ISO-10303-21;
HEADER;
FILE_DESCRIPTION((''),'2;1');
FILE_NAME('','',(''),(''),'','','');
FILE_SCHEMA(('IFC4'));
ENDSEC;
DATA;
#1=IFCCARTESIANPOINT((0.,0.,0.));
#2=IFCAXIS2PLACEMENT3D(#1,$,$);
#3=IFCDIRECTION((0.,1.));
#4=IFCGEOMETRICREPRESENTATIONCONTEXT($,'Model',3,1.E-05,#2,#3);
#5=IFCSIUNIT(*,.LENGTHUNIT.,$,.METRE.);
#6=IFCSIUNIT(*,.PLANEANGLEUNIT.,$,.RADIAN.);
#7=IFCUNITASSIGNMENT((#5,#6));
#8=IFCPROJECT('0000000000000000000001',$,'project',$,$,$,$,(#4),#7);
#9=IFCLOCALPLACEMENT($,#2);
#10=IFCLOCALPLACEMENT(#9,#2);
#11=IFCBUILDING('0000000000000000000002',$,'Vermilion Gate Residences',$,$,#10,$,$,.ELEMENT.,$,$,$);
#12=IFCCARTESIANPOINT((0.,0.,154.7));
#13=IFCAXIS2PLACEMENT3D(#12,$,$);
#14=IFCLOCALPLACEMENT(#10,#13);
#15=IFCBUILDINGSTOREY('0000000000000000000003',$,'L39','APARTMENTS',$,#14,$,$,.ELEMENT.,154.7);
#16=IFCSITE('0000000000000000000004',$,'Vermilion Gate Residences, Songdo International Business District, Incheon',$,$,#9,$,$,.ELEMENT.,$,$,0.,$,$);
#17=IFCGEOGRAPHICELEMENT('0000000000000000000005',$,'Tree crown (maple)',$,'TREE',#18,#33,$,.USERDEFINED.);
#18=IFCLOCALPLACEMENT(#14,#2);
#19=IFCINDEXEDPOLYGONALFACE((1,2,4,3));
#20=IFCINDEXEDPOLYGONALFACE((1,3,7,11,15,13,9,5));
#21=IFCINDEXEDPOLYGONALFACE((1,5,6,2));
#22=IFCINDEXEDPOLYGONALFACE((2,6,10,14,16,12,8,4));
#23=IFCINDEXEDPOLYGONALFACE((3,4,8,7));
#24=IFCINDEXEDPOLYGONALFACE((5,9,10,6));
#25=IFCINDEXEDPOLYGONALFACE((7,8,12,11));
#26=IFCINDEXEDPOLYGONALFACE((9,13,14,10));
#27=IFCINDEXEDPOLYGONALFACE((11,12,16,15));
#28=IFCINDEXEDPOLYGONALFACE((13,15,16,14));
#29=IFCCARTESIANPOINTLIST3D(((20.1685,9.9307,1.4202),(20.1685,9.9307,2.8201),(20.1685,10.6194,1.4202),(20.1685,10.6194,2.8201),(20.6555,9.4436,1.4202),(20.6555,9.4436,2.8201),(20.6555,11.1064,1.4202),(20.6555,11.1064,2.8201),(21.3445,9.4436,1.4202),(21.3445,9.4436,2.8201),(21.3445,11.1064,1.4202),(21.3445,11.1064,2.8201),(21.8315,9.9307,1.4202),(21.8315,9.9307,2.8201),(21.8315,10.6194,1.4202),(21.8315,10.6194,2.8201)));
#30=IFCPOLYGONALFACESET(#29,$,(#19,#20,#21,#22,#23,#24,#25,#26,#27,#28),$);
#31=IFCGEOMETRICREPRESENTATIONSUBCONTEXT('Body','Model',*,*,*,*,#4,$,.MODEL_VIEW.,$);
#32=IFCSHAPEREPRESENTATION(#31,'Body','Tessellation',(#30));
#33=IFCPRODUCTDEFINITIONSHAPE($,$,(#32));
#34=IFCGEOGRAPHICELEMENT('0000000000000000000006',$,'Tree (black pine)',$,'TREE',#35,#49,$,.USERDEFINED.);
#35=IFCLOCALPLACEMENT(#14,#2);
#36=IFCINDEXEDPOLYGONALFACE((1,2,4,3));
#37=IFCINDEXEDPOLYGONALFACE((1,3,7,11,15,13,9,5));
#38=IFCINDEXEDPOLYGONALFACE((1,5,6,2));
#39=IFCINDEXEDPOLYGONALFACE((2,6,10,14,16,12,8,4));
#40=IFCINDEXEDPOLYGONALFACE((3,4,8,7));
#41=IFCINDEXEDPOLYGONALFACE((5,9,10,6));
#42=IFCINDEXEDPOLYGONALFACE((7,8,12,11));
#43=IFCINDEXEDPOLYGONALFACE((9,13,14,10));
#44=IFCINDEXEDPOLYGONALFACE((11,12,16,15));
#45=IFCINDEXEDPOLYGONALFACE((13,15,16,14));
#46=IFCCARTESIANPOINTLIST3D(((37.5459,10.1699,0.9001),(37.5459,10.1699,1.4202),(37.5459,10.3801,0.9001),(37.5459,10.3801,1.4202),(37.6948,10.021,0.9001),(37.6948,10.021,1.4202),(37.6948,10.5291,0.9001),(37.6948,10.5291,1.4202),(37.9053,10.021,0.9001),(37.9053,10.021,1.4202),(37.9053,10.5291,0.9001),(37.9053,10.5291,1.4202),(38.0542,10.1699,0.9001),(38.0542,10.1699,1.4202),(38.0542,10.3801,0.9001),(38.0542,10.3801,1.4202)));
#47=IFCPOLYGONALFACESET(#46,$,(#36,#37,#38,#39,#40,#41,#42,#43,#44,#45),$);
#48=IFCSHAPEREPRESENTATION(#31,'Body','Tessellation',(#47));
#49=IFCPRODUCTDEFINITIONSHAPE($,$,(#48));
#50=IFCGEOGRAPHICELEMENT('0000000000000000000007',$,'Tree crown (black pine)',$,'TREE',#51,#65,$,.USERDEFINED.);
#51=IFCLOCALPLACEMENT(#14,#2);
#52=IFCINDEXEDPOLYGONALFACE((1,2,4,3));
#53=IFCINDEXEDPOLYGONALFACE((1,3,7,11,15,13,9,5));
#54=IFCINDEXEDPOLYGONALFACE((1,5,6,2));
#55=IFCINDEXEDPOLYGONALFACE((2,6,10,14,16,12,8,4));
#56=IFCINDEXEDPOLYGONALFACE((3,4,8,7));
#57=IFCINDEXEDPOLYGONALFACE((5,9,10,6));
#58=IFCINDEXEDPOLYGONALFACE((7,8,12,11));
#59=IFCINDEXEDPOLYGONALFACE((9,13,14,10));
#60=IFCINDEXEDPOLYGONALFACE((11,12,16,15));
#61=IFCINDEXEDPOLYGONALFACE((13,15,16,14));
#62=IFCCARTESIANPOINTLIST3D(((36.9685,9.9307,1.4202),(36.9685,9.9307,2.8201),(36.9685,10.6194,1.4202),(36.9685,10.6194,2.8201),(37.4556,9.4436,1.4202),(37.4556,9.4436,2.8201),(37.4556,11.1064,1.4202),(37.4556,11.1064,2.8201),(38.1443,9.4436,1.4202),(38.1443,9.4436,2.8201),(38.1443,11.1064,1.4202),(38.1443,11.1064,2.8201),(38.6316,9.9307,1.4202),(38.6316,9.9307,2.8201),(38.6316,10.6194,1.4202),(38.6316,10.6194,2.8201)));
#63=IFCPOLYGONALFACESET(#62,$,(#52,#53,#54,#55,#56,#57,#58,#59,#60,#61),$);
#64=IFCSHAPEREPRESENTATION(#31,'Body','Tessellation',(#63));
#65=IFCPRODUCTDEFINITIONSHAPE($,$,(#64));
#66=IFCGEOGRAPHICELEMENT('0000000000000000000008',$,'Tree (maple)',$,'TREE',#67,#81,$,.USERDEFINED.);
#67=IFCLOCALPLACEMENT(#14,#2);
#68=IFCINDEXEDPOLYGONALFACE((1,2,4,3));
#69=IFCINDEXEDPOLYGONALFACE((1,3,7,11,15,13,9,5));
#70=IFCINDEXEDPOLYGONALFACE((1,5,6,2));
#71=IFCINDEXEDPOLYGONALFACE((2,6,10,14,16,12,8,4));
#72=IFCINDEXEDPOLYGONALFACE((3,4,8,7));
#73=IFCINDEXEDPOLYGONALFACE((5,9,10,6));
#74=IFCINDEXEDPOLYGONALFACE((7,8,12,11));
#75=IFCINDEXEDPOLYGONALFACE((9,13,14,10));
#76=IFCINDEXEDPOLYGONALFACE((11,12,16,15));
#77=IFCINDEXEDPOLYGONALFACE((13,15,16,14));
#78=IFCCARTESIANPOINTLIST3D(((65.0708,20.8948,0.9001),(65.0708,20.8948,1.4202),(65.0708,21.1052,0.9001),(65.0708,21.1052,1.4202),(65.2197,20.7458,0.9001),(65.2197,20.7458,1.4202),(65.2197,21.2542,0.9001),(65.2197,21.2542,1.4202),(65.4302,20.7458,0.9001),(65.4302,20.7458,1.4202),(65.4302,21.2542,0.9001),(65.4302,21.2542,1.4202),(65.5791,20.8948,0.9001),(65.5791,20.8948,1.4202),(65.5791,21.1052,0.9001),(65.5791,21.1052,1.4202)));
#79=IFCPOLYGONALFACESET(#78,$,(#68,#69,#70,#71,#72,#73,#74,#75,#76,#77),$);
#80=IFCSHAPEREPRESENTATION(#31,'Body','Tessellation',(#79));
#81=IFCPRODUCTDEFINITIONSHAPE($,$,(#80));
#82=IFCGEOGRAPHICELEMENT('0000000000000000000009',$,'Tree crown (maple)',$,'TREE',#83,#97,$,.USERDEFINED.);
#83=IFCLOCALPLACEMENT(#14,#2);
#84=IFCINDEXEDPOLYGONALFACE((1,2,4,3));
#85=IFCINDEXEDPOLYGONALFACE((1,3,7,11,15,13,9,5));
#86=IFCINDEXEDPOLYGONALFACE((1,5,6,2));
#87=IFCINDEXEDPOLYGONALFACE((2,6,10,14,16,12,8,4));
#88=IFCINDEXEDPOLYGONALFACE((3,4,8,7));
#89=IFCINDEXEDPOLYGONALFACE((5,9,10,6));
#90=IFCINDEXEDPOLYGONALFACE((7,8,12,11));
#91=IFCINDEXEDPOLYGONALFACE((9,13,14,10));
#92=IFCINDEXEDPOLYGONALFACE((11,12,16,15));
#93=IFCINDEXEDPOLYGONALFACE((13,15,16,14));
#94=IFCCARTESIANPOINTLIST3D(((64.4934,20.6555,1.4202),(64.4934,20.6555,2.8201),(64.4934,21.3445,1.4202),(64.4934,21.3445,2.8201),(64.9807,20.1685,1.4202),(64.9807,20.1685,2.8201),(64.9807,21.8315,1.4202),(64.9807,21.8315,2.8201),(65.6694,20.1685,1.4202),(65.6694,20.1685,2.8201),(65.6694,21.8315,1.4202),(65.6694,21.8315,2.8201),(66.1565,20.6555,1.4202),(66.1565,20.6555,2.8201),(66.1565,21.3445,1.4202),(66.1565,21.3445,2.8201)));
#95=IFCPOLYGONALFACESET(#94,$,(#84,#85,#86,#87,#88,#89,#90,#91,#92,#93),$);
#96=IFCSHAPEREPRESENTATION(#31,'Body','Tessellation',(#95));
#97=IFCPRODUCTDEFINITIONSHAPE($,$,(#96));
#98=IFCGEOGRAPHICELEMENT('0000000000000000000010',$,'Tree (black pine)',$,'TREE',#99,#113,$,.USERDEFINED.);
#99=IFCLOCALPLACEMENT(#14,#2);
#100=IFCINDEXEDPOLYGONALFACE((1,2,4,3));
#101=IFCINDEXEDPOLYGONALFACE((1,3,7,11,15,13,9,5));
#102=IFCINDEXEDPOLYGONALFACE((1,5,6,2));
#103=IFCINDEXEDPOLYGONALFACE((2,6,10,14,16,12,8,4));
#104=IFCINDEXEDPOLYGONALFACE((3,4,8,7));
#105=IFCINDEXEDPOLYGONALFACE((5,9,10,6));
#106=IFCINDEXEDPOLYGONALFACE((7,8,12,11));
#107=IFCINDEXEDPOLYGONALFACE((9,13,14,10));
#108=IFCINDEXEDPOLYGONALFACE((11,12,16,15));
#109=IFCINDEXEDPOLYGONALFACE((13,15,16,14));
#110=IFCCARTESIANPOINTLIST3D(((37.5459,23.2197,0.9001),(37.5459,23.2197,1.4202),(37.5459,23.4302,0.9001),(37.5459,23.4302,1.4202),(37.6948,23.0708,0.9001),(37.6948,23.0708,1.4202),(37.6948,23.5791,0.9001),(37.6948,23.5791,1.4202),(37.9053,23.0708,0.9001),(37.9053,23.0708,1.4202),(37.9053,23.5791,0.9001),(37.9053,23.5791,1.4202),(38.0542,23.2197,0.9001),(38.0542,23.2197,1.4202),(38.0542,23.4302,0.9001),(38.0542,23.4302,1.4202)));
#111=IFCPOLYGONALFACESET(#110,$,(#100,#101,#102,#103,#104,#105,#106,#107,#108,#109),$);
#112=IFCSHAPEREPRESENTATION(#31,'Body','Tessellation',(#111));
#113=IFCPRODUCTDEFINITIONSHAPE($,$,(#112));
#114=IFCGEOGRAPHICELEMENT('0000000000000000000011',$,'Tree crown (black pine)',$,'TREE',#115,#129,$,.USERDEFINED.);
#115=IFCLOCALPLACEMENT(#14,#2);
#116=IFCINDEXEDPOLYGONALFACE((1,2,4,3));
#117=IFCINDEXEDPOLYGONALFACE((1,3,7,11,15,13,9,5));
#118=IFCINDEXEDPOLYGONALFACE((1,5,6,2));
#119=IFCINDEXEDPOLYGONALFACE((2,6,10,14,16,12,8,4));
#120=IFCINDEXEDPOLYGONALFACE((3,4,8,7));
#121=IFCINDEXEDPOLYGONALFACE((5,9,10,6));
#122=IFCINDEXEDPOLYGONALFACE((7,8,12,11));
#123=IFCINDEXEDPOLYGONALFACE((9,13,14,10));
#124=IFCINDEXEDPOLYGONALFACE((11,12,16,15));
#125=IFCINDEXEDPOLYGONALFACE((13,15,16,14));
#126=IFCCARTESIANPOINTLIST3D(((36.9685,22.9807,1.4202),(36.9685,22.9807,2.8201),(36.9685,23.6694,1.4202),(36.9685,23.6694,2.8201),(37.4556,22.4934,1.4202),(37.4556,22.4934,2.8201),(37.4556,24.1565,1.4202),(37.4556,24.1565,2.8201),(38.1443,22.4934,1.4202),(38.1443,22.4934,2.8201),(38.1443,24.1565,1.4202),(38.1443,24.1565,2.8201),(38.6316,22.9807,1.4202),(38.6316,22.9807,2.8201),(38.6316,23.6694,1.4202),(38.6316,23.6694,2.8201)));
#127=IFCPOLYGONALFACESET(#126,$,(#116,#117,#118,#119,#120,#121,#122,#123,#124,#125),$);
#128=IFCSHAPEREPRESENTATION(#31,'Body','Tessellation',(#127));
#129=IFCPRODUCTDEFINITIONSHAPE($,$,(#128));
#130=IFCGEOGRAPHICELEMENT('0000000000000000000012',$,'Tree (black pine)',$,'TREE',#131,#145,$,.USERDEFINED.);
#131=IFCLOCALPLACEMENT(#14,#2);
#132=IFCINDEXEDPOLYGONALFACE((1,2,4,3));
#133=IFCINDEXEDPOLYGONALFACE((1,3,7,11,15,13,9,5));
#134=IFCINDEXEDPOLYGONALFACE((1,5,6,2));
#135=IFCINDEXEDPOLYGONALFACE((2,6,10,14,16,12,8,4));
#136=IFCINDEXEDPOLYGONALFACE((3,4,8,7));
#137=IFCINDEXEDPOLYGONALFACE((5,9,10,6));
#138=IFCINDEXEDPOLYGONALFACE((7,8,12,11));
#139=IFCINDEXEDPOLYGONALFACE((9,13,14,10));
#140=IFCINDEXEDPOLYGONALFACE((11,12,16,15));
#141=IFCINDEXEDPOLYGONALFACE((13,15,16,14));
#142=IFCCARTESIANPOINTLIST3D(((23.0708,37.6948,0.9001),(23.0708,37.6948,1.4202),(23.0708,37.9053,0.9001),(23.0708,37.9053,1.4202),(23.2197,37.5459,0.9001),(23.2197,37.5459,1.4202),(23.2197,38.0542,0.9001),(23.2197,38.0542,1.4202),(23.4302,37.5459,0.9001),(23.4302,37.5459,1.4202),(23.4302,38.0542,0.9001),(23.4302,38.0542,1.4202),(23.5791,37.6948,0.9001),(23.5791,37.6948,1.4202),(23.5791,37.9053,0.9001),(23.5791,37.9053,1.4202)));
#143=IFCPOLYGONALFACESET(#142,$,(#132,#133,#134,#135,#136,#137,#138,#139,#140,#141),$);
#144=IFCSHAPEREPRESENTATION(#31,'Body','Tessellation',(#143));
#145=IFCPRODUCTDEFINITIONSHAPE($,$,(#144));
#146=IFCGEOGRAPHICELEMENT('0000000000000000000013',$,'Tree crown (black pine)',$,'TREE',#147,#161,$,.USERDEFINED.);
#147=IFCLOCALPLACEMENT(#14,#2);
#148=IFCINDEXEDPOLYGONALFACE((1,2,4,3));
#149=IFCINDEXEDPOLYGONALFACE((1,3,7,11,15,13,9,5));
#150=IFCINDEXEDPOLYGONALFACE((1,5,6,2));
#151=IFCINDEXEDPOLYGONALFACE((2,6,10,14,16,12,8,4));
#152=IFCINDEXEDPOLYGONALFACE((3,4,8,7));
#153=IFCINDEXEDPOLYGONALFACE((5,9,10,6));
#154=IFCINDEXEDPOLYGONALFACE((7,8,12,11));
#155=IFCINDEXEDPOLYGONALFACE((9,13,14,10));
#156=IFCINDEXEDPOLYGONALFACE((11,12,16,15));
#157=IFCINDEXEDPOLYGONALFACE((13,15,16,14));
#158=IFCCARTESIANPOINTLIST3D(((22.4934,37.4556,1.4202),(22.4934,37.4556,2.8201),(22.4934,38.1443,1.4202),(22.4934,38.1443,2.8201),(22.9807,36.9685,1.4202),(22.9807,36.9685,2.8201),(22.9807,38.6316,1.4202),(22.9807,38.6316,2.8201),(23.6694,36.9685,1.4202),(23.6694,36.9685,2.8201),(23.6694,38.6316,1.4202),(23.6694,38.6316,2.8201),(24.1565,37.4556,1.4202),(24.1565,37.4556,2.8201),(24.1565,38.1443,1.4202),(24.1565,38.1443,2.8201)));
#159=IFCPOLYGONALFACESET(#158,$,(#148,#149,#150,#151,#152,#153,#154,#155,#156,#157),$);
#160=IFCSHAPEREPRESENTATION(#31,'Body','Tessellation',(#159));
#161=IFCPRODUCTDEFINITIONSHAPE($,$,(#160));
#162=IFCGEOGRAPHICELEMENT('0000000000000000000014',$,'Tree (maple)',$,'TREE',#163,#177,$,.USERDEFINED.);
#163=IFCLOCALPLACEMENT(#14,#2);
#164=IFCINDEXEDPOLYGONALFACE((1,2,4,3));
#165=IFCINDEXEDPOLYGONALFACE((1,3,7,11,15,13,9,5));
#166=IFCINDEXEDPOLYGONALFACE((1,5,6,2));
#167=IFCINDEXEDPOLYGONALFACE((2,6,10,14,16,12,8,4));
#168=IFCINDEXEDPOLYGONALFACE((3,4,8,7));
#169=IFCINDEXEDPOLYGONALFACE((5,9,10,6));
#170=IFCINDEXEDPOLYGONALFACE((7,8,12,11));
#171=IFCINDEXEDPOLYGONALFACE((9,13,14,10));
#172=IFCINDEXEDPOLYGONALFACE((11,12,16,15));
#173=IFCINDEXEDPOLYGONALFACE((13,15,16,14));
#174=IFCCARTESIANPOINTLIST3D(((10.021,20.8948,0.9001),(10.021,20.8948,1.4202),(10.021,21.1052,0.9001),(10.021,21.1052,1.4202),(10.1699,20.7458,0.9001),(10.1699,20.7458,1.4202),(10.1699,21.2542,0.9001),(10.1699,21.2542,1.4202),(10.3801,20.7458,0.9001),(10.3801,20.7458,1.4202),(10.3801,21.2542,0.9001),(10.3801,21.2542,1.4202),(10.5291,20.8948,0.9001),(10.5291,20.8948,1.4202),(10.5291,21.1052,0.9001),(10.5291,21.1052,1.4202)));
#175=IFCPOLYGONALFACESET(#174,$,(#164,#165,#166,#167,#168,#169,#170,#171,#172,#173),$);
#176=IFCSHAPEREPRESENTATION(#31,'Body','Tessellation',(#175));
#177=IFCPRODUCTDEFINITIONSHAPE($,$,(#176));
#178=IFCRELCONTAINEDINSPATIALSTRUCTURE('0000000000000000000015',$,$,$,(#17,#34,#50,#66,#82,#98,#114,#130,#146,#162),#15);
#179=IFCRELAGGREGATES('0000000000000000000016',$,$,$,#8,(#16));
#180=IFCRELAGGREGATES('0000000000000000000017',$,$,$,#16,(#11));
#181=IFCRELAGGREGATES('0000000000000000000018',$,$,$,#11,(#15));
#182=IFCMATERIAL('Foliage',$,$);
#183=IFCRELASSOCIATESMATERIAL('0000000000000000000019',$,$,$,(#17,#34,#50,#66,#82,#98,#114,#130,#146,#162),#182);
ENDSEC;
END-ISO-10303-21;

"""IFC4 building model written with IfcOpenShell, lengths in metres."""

from ifc_helpers import new_model, si_unit, direction, frame, origin, place, context, subcontext, project, spatial, polyline, outline, extrude, material, element, save


model = new_model("IFC4")

# Units and contexts
model_context = context("Model", 3, precision=1e-05, world=origin(), true_north=direction((0.0, 1.0)))
body_context = subcontext(model_context, "Body", "Model", "MODEL_VIEW")
ifc_project = project(units=[si_unit("LENGTHUNIT", "METRE"), si_unit("PLANEANGLEUNIT", "RADIAN")], contexts=[model_context])

# Site, building, storey
site_placement = place(None, origin())
site = spatial("IfcSite", under=ifc_project, at=site_placement, Name="Vermilion Gate Residences, Songdo International Business District, Incheon", CompositionType="ELEMENT", RefElevation=0.0)
building_placement = place(site_placement, origin())
building = spatial("IfcBuilding", under=site, at=building_placement, Name="Vermilion Gate Residences", CompositionType="ELEMENT")
storey_placement = place(building_placement, frame((0.0, 0.0, 154.7)))
storey = spatial("IfcBuildingStorey", under=building, at=storey_placement, Name="L39", Description="APARTMENTS", CompositionType="ELEMENT", Elevation=154.7)

# Geographic elements
ifc_material_1 = material(Name="Foliage")
geographic_element_1_placement = place(storey_placement, frame((0.0, 0.0, 1.4202)))
element("IfcGeographicElement", 1, at=geographic_element_1_placement, inside=storey, material=ifc_material_1, Name="Tree crown (maple)", ObjectType="TREE", PredefinedType="USERDEFINED", context=body_context, shape_type="SweptSolid", body=[
    extrude(outline(polyline([(21.8315, 10.6194), (21.3445, 11.1064), (20.6555, 11.1064), (20.1685, 10.6194), (20.1685, 9.9307), (20.6555, 9.4436), (21.3445, 9.4436), (21.8315, 9.9307), (21.8315, 10.6194)])), origin(), (0.0, 0.0, 1.0), 1.3999),
])
geographic_element_2_placement = place(storey_placement, frame((0.0, 0.0, 0.9001)))
element("IfcGeographicElement", 2, at=geographic_element_2_placement, inside=storey, material=ifc_material_1, Name="Tree (black pine)", ObjectType="TREE", PredefinedType="USERDEFINED", context=body_context, shape_type="SweptSolid", body=[
    extrude(outline(polyline([(38.0542, 10.3801), (37.9053, 10.5291), (37.6948, 10.5291), (37.5459, 10.3801), (37.5459, 10.1699), (37.6948, 10.021), (37.9053, 10.021), (38.0542, 10.1699), (38.0542, 10.3801)])), origin(), (0.0, 0.0, 1.0), 0.52),
])
geographic_element_3_placement = place(storey_placement, frame((0.0, 0.0, 1.4202)))
element("IfcGeographicElement", 3, at=geographic_element_3_placement, inside=storey, material=ifc_material_1, Name="Tree crown (black pine)", ObjectType="TREE", PredefinedType="USERDEFINED", context=body_context, shape_type="SweptSolid", body=[
    extrude(outline(polyline([(38.6316, 10.6194), (38.1443, 11.1064), (37.4556, 11.1064), (36.9685, 10.6194), (36.9685, 9.9307), (37.4556, 9.4436), (38.1443, 9.4436), (38.6316, 9.9307), (38.6316, 10.6194)])), origin(), (0.0, 0.0, 1.0), 1.3999),
])
geographic_element_4_placement = place(storey_placement, frame((0.0, 0.0, 0.9001)))
element("IfcGeographicElement", 4, at=geographic_element_4_placement, inside=storey, material=ifc_material_1, Name="Tree (maple)", ObjectType="TREE", PredefinedType="USERDEFINED", context=body_context, shape_type="SweptSolid", body=[
    extrude(outline(polyline([(65.5791, 21.1052), (65.4302, 21.2542), (65.2197, 21.2542), (65.0708, 21.1052), (65.0708, 20.8948), (65.2197, 20.7458), (65.4302, 20.7458), (65.5791, 20.8948), (65.5791, 21.1052)])), origin(), (0.0, 0.0, 1.0), 0.52),
])
geographic_element_5_placement = place(storey_placement, frame((0.0, 0.0, 1.4202)))
element("IfcGeographicElement", 5, at=geographic_element_5_placement, inside=storey, material=ifc_material_1, Name="Tree crown (maple)", ObjectType="TREE", PredefinedType="USERDEFINED", context=body_context, shape_type="SweptSolid", body=[
    extrude(outline(polyline([(66.1565, 21.3445), (65.6694, 21.8315), (64.9807, 21.8315), (64.4934, 21.3445), (64.4934, 20.6555), (64.9807, 20.1685), (65.6694, 20.1685), (66.1565, 20.6555), (66.1565, 21.3445)])), origin(), (0.0, 0.0, 1.0), 1.3999),
])
geographic_element_6_placement = place(storey_placement, frame((0.0, 0.0, 0.9001)))
element("IfcGeographicElement", 6, at=geographic_element_6_placement, inside=storey, material=ifc_material_1, Name="Tree (black pine)", ObjectType="TREE", PredefinedType="USERDEFINED", context=body_context, shape_type="SweptSolid", body=[
    extrude(outline(polyline([(38.0542, 23.4302), (37.9053, 23.5791), (37.6948, 23.5791), (37.5459, 23.4302), (37.5459, 23.2197), (37.6948, 23.0708), (37.9053, 23.0708), (38.0542, 23.2197), (38.0542, 23.4302)])), origin(), (0.0, 0.0, 1.0), 0.52),
])
geographic_element_7_placement = place(storey_placement, frame((0.0, 0.0, 1.4202)))
element("IfcGeographicElement", 7, at=geographic_element_7_placement, inside=storey, material=ifc_material_1, Name="Tree crown (black pine)", ObjectType="TREE", PredefinedType="USERDEFINED", context=body_context, shape_type="SweptSolid", body=[
    extrude(outline(polyline([(38.6316, 23.6694), (38.1443, 24.1565), (37.4556, 24.1565), (36.9685, 23.6694), (36.9685, 22.9807), (37.4556, 22.4934), (38.1443, 22.4934), (38.6316, 22.9807), (38.6316, 23.6694)])), origin(), (0.0, 0.0, 1.0), 1.3999),
])
geographic_element_8_placement = place(storey_placement, frame((0.0, 0.0, 0.9001)))
element("IfcGeographicElement", 8, at=geographic_element_8_placement, inside=storey, material=ifc_material_1, Name="Tree (black pine)", ObjectType="TREE", PredefinedType="USERDEFINED", context=body_context, shape_type="SweptSolid", body=[
    extrude(outline(polyline([(23.5791, 37.9053), (23.4302, 38.0542), (23.2197, 38.0542), (23.0708, 37.9053), (23.0708, 37.6948), (23.2197, 37.5459), (23.4302, 37.5459), (23.5791, 37.6948), (23.5791, 37.9053)])), origin(), (0.0, 0.0, 1.0), 0.52),
])
geographic_element_9_placement = place(storey_placement, frame((0.0, 0.0, 1.4202)))
element("IfcGeographicElement", 9, at=geographic_element_9_placement, inside=storey, material=ifc_material_1, Name="Tree crown (black pine)", ObjectType="TREE", PredefinedType="USERDEFINED", context=body_context, shape_type="SweptSolid", body=[
    extrude(outline(polyline([(24.1565, 38.1443), (23.6694, 38.6316), (22.9807, 38.6316), (22.4934, 38.1443), (22.4934, 37.4556), (22.9807, 36.9685), (23.6694, 36.9685), (24.1565, 37.4556), (24.1565, 38.1443)])), origin(), (0.0, 0.0, 1.0), 1.3999),
])
geographic_element_10_placement = place(storey_placement, frame((0.0, 0.0, 0.9001)))
element("IfcGeographicElement", 10, at=geographic_element_10_placement, inside=storey, material=ifc_material_1, Name="Tree (maple)", ObjectType="TREE", PredefinedType="USERDEFINED", context=body_context, shape_type="SweptSolid", body=[
    extrude(outline(polyline([(10.5291, 21.1052), (10.3801, 21.2542), (10.1699, 21.2542), (10.021, 21.1052), (10.021, 20.8948), (10.1699, 20.7458), (10.3801, 20.7458), (10.5291, 20.8948), (10.5291, 21.1052)])), origin(), (0.0, 0.0, 1.0), 0.52),
])

save(model, "model.ifc")
